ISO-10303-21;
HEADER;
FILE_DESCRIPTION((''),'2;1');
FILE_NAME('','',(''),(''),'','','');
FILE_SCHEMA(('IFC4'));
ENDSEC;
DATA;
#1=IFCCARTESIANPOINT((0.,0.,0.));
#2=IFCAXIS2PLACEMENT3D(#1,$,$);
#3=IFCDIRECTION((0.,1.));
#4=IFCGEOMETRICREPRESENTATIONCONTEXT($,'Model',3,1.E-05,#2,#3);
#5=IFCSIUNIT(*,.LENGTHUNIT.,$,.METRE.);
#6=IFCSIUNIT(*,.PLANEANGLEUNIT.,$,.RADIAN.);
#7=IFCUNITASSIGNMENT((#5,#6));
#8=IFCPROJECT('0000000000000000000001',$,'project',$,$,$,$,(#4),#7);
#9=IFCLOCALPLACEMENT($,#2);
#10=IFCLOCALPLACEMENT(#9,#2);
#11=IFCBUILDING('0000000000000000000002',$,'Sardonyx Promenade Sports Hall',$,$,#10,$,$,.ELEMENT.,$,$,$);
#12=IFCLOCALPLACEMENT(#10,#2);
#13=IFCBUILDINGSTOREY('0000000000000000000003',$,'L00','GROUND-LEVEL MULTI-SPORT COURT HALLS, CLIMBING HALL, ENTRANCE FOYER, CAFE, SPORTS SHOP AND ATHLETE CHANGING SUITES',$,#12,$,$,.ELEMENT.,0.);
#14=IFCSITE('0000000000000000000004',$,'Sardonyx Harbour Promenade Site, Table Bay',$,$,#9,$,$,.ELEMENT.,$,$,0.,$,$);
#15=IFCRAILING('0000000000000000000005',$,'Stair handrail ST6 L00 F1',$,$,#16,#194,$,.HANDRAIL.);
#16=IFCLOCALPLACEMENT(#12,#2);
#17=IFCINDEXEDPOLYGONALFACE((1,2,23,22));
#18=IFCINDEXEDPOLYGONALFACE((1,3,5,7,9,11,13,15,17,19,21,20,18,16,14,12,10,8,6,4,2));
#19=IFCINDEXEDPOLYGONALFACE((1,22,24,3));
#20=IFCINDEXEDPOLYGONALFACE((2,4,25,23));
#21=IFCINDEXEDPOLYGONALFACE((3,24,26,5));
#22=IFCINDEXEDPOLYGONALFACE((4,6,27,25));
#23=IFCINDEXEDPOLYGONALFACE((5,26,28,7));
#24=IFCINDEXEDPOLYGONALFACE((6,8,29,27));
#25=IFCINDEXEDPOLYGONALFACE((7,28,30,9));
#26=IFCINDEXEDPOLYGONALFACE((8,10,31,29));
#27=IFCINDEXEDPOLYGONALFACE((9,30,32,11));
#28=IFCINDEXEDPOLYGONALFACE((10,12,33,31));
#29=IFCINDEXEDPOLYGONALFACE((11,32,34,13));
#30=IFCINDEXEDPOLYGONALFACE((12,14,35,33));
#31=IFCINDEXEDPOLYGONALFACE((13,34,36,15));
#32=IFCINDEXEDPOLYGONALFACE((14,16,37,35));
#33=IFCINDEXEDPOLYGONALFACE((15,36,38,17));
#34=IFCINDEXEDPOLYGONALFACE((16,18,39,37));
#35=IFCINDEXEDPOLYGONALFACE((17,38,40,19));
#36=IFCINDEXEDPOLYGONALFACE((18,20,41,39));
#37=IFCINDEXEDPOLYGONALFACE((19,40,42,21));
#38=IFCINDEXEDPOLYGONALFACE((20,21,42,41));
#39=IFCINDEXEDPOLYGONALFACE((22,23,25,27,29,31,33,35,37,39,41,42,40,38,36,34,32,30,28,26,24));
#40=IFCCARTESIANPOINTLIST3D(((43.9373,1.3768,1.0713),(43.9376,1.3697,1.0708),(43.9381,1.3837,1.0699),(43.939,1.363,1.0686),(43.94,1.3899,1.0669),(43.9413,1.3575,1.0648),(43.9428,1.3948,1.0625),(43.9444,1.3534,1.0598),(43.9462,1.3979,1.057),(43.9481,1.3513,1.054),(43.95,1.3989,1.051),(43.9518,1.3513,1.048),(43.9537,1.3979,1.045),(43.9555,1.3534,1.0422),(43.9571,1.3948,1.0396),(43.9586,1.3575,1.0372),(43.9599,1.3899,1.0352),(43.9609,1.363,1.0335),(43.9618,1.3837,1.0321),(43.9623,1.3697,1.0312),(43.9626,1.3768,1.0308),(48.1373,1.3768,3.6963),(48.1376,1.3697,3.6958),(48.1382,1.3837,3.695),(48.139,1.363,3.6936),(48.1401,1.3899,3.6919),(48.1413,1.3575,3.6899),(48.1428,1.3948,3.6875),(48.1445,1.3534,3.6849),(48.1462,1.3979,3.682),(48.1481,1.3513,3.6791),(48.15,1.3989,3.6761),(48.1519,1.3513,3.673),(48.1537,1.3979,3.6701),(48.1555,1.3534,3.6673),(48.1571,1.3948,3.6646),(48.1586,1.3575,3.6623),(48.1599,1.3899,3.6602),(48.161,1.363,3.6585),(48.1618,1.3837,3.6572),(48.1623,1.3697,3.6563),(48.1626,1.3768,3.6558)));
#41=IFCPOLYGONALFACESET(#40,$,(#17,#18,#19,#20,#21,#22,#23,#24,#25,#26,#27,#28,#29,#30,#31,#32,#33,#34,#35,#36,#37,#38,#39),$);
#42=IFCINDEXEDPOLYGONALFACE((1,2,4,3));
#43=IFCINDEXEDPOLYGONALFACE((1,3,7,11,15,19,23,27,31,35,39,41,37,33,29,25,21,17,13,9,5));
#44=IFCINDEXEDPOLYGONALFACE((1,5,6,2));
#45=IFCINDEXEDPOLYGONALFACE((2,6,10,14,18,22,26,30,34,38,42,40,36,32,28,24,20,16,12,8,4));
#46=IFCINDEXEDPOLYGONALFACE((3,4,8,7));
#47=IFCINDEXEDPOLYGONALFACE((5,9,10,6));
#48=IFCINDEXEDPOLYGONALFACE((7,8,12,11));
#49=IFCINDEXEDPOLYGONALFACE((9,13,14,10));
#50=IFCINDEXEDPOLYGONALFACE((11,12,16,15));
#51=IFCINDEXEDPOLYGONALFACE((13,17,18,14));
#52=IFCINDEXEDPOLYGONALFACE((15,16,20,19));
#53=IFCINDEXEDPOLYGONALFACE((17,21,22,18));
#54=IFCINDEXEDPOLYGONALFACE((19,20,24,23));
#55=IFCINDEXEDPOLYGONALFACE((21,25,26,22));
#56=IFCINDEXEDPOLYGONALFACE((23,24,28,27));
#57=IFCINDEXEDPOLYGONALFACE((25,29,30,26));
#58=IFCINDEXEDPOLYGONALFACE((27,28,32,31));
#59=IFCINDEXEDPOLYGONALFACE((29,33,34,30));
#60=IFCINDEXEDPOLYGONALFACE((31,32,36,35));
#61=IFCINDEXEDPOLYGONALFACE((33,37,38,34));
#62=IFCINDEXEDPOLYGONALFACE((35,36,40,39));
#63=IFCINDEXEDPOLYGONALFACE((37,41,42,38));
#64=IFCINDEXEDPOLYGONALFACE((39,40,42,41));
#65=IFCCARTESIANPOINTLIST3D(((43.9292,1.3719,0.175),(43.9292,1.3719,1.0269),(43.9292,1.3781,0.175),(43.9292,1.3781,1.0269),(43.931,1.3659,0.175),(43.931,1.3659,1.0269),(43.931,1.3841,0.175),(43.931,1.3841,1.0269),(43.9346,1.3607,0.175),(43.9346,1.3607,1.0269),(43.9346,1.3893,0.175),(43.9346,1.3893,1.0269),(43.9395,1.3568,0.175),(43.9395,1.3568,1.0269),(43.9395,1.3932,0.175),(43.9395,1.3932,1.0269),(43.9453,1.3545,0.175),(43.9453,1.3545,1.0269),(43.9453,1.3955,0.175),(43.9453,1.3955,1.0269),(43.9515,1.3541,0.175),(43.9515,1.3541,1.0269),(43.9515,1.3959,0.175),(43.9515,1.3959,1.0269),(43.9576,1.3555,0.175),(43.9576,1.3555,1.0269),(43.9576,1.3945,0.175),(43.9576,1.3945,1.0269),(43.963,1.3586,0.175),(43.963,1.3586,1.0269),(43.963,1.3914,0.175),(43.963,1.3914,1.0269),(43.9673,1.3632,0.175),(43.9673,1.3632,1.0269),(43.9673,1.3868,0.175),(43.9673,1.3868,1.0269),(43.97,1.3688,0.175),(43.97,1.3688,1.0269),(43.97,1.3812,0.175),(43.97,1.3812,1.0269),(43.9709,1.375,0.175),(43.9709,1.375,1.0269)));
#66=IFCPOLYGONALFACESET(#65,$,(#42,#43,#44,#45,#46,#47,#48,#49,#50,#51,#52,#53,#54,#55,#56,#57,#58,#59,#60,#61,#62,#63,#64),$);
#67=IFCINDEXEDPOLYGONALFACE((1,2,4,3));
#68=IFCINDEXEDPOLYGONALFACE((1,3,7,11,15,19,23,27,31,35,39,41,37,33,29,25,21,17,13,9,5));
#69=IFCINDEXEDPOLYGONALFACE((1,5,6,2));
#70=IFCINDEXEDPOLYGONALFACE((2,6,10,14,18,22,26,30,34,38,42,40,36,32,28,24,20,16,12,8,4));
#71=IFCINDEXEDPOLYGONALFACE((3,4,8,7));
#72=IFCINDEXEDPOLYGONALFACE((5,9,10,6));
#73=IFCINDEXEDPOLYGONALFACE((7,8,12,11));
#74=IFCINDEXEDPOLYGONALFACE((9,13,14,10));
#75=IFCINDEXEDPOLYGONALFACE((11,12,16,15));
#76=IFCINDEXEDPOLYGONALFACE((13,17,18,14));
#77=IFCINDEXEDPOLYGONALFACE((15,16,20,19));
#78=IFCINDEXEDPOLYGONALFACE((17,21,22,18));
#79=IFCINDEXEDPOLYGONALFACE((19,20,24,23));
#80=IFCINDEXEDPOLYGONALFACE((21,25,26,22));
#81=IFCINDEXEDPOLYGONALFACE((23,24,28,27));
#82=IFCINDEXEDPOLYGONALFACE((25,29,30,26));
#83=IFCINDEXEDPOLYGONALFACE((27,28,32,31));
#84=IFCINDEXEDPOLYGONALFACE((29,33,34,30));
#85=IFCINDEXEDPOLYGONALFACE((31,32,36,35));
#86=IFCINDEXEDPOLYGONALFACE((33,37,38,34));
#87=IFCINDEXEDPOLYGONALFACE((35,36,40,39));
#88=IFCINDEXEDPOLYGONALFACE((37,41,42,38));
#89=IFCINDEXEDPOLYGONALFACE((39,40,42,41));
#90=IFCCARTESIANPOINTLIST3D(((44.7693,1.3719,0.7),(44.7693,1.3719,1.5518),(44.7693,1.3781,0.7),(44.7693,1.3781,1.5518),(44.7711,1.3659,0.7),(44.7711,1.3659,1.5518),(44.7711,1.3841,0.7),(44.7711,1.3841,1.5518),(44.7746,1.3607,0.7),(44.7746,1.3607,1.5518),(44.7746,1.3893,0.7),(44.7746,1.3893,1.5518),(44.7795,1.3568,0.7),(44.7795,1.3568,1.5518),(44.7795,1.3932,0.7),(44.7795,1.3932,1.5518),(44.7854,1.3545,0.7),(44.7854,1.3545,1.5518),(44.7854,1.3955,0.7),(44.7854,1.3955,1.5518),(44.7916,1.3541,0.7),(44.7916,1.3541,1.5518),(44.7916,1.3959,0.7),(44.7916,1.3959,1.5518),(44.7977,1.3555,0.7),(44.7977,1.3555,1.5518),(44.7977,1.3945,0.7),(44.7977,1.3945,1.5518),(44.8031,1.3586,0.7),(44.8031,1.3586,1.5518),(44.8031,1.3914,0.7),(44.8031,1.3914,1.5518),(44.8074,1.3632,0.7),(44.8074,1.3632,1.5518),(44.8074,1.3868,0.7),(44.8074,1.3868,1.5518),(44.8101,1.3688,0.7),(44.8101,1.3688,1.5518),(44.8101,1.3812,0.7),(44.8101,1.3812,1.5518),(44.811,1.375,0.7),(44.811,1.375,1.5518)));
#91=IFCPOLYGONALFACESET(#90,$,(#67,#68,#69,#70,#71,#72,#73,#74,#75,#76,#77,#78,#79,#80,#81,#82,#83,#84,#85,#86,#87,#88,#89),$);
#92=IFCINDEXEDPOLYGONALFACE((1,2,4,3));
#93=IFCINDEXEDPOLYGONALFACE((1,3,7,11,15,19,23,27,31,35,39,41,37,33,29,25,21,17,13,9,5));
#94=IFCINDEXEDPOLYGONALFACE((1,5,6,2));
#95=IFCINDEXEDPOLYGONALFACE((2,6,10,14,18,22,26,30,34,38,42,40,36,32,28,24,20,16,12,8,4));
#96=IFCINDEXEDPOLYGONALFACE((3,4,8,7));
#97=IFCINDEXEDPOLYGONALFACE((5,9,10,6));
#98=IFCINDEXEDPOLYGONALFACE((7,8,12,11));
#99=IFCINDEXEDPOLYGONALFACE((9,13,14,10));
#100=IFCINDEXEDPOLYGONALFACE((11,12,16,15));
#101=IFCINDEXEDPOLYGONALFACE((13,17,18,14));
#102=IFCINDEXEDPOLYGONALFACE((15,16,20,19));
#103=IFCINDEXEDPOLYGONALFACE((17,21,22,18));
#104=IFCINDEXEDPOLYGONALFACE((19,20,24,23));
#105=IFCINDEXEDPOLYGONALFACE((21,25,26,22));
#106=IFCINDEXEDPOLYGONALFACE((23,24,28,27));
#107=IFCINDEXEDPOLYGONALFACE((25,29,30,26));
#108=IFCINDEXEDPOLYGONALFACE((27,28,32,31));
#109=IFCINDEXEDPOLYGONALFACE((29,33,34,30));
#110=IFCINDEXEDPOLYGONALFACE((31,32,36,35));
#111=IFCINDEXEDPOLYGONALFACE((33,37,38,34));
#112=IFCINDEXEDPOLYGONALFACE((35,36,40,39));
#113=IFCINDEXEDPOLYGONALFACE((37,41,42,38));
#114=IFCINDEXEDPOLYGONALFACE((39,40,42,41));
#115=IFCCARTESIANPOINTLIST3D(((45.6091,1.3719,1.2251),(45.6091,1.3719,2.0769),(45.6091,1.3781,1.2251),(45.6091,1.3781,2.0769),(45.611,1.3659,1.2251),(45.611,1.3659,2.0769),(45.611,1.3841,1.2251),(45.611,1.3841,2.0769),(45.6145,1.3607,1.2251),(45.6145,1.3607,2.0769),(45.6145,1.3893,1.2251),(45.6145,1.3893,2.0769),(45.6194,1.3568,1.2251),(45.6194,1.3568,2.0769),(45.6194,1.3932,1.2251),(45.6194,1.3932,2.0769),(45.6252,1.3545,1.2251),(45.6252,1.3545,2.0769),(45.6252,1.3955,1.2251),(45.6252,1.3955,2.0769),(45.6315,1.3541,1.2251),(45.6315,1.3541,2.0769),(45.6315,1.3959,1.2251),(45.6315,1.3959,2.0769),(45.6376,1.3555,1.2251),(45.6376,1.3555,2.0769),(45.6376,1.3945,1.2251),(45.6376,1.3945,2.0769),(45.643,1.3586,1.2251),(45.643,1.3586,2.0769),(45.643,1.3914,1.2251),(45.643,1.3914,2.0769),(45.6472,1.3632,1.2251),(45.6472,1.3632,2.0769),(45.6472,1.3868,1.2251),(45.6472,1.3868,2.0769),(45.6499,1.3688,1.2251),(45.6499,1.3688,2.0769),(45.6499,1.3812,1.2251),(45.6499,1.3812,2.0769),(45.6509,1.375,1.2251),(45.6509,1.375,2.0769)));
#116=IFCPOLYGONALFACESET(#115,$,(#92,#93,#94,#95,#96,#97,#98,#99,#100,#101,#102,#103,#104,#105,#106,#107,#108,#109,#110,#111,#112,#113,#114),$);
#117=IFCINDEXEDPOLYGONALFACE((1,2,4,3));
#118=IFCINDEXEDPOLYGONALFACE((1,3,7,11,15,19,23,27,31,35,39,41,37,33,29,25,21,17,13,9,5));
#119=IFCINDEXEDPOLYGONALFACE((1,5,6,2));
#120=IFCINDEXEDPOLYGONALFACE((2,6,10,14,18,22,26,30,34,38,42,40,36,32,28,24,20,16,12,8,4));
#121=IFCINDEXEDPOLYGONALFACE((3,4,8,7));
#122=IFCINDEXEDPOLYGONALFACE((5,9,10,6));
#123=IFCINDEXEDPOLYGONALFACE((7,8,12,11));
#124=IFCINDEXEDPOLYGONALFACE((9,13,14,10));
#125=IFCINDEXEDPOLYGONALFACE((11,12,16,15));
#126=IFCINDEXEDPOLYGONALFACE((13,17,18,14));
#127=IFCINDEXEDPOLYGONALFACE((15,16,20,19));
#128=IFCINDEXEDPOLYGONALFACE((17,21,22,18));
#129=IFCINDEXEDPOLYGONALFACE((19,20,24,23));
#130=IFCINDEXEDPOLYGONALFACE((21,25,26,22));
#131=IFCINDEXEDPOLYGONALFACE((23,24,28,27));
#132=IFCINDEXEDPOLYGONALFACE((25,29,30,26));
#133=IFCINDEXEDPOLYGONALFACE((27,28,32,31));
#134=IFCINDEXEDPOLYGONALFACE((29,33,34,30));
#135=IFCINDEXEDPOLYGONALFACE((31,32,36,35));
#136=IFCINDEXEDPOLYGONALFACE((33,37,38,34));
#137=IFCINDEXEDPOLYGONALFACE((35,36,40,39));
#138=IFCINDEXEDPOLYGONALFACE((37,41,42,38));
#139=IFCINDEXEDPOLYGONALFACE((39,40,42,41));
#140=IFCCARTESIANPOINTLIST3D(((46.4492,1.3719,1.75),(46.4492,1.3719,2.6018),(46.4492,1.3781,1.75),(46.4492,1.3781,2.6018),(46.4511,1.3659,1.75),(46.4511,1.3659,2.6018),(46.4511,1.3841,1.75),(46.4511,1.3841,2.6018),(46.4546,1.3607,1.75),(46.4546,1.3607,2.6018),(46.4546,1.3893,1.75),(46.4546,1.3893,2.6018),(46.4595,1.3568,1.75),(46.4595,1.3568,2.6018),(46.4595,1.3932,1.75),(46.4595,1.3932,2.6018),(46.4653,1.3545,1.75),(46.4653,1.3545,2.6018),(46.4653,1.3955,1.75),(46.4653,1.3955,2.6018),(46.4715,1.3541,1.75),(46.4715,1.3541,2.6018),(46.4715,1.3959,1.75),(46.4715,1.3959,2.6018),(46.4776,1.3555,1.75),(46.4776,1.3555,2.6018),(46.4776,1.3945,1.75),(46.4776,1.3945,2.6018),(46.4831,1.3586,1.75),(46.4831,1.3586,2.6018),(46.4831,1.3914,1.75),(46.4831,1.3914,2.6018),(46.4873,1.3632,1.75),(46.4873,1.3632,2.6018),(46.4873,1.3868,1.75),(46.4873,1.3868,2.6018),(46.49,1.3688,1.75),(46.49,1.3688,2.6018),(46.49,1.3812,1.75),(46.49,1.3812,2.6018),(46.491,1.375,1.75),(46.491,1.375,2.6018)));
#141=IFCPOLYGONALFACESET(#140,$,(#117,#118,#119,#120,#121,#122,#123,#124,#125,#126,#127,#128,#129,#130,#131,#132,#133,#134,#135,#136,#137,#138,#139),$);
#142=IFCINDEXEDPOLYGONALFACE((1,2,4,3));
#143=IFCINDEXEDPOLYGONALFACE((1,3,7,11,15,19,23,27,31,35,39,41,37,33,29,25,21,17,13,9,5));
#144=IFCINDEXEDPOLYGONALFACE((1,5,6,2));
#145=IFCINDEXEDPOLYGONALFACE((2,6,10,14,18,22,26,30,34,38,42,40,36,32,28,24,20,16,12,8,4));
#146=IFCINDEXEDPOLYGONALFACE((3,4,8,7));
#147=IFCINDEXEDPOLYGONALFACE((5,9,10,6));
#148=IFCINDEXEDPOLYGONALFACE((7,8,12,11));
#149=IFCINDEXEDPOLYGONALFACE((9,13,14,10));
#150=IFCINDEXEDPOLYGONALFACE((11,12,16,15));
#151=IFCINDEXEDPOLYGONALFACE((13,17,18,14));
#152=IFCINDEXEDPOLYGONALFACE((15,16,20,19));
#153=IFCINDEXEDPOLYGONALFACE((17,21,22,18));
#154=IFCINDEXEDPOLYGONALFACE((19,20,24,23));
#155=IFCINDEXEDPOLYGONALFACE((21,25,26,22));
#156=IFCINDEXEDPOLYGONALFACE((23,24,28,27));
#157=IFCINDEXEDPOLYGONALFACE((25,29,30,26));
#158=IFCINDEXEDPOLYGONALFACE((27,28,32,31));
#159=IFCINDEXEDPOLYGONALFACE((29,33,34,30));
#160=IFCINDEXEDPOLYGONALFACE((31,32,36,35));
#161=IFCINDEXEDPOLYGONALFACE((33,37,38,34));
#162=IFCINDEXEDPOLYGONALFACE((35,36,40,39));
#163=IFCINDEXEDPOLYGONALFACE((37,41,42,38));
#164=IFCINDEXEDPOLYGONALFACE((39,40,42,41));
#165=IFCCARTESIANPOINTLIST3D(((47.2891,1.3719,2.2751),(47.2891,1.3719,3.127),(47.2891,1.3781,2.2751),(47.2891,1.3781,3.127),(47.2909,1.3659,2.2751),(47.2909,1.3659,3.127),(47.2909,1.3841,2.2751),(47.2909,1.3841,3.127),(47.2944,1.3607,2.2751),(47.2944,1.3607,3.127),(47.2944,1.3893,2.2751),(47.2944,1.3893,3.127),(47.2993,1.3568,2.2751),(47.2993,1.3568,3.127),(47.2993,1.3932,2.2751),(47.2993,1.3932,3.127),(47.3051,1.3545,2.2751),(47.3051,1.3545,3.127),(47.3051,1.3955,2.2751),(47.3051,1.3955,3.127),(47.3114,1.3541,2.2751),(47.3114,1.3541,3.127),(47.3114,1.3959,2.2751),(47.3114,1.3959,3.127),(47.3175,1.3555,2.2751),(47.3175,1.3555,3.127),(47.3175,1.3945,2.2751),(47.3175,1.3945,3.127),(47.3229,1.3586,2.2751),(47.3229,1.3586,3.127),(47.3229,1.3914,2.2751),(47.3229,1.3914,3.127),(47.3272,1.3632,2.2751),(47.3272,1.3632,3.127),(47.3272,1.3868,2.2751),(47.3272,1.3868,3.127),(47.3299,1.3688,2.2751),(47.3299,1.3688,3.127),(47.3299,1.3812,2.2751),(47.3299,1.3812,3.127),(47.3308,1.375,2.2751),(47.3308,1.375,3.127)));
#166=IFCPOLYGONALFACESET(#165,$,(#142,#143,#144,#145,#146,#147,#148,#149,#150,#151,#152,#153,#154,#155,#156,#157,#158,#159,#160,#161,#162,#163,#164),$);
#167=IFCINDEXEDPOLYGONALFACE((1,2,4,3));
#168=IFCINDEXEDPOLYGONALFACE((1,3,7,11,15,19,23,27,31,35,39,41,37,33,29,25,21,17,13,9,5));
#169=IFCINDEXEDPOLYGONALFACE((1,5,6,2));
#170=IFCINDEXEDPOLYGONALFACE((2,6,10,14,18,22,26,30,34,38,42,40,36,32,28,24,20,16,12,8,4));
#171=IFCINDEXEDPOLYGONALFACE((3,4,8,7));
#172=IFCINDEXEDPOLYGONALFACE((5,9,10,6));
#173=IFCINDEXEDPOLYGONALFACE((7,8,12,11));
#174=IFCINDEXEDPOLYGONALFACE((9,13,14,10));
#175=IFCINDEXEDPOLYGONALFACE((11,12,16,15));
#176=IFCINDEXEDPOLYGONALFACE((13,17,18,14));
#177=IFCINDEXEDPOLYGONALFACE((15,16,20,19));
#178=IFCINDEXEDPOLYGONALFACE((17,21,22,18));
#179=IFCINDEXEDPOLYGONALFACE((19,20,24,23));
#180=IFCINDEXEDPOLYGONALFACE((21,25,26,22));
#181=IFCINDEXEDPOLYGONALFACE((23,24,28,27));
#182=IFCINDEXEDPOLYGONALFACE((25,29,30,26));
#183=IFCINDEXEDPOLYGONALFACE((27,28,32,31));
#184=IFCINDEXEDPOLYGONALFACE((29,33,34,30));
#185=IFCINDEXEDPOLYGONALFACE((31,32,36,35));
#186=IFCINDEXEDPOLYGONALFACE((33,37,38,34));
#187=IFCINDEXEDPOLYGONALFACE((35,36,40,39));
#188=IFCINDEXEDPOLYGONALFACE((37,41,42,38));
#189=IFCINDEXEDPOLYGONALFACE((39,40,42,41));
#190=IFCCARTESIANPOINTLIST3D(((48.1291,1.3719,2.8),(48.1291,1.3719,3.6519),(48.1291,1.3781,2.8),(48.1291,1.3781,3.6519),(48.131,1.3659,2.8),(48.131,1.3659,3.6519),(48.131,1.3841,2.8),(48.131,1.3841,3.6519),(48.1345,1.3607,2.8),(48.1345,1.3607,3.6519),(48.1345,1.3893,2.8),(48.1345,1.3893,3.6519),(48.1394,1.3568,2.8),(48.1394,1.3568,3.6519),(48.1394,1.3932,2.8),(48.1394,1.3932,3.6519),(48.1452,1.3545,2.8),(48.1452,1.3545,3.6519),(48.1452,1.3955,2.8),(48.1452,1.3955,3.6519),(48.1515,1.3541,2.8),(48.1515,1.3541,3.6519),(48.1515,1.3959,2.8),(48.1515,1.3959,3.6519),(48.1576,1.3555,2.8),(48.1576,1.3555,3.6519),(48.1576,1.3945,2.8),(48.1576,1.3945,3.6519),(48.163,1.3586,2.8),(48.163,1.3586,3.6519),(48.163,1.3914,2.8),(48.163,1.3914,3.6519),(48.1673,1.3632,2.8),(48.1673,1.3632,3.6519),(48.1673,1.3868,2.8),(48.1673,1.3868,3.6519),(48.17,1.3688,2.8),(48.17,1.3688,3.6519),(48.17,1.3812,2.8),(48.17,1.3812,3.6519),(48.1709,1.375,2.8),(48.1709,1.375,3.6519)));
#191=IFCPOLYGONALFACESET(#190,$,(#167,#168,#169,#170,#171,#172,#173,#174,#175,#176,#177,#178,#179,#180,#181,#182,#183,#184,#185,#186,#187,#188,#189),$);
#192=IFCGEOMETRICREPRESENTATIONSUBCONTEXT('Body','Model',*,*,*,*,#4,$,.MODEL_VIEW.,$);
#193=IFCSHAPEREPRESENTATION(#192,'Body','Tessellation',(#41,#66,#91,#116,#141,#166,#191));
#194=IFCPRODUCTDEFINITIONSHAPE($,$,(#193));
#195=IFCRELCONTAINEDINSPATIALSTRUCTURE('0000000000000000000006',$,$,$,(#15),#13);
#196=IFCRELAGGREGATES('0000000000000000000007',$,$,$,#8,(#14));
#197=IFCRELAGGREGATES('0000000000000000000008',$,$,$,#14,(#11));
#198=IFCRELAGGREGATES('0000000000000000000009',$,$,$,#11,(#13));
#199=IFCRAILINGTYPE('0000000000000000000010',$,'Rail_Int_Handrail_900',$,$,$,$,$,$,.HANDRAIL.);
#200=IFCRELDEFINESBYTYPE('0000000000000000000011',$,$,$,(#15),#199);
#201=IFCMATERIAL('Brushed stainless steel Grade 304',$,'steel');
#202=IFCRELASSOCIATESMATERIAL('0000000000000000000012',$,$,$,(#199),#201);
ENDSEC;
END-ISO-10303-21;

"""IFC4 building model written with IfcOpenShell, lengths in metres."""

from ifc_helpers import new_model, si_unit, direction, frame, origin, origin_2d, place, context, subcontext, project, spatial, circle, extrude, material, type_object, element, save


model = new_model("IFC4")

# Units and contexts
model_context = context("Model", 3, precision=1e-05, world=origin(), true_north=direction((0.0, 1.0)))
body_context = subcontext(model_context, "Body", "Model", "MODEL_VIEW")
ifc_project = project(units=[si_unit("LENGTHUNIT", "METRE"), si_unit("PLANEANGLEUNIT", "RADIAN")], contexts=[model_context])

# Site, building, storey
site_placement = place(None, origin())
site = spatial("IfcSite", under=ifc_project, at=site_placement, Name="Sardonyx Harbour Promenade Site, Table Bay", CompositionType="ELEMENT", RefElevation=0.0)
building_placement = place(site_placement, origin())
building = spatial("IfcBuilding", under=site, at=building_placement, Name="Sardonyx Promenade Sports Hall", CompositionType="ELEMENT")
storey_placement = place(building_placement, origin())
storey = spatial("IfcBuildingStorey", under=building, at=storey_placement, Name="L00", Description="GROUND-LEVEL MULTI-SPORT COURT HALLS, CLIMBING HALL, ENTRANCE FOYER, CAFE, SPORTS SHOP AND ATHLETE CHANGING SUITES", CompositionType="ELEMENT", Elevation=0.0)

# Railing
ifc_material_1 = material(Name="Brushed stainless steel Grade 304", Category="steel")
railing_type_1 = type_object("IfcRailingType", Name="Rail_Int_Handrail_900", PredefinedType="HANDRAIL", material=ifc_material_1)
railing_1_placement = place(storey_placement, frame((43.95, 1.375, 0.175)))
element("IfcRailing", 1, at=railing_1_placement, inside=storey, type_object=railing_type_1, Name="Stair handrail ST6 L00 F1", PredefinedType="HANDRAIL", context=body_context, shape_type="SweptSolid", body=[
    extrude(circle(Radius=0.0239, at=origin_2d()), frame((0.0, 0.0, 0.876), z_axis=(0.847996, 0.0, 0.530003), x_axis=(0.0, 1.0, 0.0)), (0.0, 0.0, 1.0), 4.9529),
    extrude(circle(Radius=0.021, at=origin_2d()), origin(), (0.0, 0.0, 1.0), 0.8518),
    extrude(circle(Radius=0.021, at=origin_2d()), frame((0.8401, 0.0, 0.5249)), (0.0, 0.0, 1.0), 0.8518),
    extrude(circle(Radius=0.021, at=origin_2d()), frame((1.6799, 0.0, 1.05)), (0.0, 0.0, 1.0), 0.8518),
    extrude(circle(Radius=0.021, at=origin_2d()), frame((2.52, 0.0, 1.575)), (0.0, 0.0, 1.0), 0.8518),
    extrude(circle(Radius=0.021, at=origin_2d()), frame((3.3599, 0.0, 2.1001)), (0.0, 0.0, 1.0), 0.8518),
    extrude(circle(Radius=0.021, at=origin_2d()), frame((4.2, 0.0, 2.625)), (0.0, 0.0, 1.0), 0.8518),
])

save(model, "model.ifc")
